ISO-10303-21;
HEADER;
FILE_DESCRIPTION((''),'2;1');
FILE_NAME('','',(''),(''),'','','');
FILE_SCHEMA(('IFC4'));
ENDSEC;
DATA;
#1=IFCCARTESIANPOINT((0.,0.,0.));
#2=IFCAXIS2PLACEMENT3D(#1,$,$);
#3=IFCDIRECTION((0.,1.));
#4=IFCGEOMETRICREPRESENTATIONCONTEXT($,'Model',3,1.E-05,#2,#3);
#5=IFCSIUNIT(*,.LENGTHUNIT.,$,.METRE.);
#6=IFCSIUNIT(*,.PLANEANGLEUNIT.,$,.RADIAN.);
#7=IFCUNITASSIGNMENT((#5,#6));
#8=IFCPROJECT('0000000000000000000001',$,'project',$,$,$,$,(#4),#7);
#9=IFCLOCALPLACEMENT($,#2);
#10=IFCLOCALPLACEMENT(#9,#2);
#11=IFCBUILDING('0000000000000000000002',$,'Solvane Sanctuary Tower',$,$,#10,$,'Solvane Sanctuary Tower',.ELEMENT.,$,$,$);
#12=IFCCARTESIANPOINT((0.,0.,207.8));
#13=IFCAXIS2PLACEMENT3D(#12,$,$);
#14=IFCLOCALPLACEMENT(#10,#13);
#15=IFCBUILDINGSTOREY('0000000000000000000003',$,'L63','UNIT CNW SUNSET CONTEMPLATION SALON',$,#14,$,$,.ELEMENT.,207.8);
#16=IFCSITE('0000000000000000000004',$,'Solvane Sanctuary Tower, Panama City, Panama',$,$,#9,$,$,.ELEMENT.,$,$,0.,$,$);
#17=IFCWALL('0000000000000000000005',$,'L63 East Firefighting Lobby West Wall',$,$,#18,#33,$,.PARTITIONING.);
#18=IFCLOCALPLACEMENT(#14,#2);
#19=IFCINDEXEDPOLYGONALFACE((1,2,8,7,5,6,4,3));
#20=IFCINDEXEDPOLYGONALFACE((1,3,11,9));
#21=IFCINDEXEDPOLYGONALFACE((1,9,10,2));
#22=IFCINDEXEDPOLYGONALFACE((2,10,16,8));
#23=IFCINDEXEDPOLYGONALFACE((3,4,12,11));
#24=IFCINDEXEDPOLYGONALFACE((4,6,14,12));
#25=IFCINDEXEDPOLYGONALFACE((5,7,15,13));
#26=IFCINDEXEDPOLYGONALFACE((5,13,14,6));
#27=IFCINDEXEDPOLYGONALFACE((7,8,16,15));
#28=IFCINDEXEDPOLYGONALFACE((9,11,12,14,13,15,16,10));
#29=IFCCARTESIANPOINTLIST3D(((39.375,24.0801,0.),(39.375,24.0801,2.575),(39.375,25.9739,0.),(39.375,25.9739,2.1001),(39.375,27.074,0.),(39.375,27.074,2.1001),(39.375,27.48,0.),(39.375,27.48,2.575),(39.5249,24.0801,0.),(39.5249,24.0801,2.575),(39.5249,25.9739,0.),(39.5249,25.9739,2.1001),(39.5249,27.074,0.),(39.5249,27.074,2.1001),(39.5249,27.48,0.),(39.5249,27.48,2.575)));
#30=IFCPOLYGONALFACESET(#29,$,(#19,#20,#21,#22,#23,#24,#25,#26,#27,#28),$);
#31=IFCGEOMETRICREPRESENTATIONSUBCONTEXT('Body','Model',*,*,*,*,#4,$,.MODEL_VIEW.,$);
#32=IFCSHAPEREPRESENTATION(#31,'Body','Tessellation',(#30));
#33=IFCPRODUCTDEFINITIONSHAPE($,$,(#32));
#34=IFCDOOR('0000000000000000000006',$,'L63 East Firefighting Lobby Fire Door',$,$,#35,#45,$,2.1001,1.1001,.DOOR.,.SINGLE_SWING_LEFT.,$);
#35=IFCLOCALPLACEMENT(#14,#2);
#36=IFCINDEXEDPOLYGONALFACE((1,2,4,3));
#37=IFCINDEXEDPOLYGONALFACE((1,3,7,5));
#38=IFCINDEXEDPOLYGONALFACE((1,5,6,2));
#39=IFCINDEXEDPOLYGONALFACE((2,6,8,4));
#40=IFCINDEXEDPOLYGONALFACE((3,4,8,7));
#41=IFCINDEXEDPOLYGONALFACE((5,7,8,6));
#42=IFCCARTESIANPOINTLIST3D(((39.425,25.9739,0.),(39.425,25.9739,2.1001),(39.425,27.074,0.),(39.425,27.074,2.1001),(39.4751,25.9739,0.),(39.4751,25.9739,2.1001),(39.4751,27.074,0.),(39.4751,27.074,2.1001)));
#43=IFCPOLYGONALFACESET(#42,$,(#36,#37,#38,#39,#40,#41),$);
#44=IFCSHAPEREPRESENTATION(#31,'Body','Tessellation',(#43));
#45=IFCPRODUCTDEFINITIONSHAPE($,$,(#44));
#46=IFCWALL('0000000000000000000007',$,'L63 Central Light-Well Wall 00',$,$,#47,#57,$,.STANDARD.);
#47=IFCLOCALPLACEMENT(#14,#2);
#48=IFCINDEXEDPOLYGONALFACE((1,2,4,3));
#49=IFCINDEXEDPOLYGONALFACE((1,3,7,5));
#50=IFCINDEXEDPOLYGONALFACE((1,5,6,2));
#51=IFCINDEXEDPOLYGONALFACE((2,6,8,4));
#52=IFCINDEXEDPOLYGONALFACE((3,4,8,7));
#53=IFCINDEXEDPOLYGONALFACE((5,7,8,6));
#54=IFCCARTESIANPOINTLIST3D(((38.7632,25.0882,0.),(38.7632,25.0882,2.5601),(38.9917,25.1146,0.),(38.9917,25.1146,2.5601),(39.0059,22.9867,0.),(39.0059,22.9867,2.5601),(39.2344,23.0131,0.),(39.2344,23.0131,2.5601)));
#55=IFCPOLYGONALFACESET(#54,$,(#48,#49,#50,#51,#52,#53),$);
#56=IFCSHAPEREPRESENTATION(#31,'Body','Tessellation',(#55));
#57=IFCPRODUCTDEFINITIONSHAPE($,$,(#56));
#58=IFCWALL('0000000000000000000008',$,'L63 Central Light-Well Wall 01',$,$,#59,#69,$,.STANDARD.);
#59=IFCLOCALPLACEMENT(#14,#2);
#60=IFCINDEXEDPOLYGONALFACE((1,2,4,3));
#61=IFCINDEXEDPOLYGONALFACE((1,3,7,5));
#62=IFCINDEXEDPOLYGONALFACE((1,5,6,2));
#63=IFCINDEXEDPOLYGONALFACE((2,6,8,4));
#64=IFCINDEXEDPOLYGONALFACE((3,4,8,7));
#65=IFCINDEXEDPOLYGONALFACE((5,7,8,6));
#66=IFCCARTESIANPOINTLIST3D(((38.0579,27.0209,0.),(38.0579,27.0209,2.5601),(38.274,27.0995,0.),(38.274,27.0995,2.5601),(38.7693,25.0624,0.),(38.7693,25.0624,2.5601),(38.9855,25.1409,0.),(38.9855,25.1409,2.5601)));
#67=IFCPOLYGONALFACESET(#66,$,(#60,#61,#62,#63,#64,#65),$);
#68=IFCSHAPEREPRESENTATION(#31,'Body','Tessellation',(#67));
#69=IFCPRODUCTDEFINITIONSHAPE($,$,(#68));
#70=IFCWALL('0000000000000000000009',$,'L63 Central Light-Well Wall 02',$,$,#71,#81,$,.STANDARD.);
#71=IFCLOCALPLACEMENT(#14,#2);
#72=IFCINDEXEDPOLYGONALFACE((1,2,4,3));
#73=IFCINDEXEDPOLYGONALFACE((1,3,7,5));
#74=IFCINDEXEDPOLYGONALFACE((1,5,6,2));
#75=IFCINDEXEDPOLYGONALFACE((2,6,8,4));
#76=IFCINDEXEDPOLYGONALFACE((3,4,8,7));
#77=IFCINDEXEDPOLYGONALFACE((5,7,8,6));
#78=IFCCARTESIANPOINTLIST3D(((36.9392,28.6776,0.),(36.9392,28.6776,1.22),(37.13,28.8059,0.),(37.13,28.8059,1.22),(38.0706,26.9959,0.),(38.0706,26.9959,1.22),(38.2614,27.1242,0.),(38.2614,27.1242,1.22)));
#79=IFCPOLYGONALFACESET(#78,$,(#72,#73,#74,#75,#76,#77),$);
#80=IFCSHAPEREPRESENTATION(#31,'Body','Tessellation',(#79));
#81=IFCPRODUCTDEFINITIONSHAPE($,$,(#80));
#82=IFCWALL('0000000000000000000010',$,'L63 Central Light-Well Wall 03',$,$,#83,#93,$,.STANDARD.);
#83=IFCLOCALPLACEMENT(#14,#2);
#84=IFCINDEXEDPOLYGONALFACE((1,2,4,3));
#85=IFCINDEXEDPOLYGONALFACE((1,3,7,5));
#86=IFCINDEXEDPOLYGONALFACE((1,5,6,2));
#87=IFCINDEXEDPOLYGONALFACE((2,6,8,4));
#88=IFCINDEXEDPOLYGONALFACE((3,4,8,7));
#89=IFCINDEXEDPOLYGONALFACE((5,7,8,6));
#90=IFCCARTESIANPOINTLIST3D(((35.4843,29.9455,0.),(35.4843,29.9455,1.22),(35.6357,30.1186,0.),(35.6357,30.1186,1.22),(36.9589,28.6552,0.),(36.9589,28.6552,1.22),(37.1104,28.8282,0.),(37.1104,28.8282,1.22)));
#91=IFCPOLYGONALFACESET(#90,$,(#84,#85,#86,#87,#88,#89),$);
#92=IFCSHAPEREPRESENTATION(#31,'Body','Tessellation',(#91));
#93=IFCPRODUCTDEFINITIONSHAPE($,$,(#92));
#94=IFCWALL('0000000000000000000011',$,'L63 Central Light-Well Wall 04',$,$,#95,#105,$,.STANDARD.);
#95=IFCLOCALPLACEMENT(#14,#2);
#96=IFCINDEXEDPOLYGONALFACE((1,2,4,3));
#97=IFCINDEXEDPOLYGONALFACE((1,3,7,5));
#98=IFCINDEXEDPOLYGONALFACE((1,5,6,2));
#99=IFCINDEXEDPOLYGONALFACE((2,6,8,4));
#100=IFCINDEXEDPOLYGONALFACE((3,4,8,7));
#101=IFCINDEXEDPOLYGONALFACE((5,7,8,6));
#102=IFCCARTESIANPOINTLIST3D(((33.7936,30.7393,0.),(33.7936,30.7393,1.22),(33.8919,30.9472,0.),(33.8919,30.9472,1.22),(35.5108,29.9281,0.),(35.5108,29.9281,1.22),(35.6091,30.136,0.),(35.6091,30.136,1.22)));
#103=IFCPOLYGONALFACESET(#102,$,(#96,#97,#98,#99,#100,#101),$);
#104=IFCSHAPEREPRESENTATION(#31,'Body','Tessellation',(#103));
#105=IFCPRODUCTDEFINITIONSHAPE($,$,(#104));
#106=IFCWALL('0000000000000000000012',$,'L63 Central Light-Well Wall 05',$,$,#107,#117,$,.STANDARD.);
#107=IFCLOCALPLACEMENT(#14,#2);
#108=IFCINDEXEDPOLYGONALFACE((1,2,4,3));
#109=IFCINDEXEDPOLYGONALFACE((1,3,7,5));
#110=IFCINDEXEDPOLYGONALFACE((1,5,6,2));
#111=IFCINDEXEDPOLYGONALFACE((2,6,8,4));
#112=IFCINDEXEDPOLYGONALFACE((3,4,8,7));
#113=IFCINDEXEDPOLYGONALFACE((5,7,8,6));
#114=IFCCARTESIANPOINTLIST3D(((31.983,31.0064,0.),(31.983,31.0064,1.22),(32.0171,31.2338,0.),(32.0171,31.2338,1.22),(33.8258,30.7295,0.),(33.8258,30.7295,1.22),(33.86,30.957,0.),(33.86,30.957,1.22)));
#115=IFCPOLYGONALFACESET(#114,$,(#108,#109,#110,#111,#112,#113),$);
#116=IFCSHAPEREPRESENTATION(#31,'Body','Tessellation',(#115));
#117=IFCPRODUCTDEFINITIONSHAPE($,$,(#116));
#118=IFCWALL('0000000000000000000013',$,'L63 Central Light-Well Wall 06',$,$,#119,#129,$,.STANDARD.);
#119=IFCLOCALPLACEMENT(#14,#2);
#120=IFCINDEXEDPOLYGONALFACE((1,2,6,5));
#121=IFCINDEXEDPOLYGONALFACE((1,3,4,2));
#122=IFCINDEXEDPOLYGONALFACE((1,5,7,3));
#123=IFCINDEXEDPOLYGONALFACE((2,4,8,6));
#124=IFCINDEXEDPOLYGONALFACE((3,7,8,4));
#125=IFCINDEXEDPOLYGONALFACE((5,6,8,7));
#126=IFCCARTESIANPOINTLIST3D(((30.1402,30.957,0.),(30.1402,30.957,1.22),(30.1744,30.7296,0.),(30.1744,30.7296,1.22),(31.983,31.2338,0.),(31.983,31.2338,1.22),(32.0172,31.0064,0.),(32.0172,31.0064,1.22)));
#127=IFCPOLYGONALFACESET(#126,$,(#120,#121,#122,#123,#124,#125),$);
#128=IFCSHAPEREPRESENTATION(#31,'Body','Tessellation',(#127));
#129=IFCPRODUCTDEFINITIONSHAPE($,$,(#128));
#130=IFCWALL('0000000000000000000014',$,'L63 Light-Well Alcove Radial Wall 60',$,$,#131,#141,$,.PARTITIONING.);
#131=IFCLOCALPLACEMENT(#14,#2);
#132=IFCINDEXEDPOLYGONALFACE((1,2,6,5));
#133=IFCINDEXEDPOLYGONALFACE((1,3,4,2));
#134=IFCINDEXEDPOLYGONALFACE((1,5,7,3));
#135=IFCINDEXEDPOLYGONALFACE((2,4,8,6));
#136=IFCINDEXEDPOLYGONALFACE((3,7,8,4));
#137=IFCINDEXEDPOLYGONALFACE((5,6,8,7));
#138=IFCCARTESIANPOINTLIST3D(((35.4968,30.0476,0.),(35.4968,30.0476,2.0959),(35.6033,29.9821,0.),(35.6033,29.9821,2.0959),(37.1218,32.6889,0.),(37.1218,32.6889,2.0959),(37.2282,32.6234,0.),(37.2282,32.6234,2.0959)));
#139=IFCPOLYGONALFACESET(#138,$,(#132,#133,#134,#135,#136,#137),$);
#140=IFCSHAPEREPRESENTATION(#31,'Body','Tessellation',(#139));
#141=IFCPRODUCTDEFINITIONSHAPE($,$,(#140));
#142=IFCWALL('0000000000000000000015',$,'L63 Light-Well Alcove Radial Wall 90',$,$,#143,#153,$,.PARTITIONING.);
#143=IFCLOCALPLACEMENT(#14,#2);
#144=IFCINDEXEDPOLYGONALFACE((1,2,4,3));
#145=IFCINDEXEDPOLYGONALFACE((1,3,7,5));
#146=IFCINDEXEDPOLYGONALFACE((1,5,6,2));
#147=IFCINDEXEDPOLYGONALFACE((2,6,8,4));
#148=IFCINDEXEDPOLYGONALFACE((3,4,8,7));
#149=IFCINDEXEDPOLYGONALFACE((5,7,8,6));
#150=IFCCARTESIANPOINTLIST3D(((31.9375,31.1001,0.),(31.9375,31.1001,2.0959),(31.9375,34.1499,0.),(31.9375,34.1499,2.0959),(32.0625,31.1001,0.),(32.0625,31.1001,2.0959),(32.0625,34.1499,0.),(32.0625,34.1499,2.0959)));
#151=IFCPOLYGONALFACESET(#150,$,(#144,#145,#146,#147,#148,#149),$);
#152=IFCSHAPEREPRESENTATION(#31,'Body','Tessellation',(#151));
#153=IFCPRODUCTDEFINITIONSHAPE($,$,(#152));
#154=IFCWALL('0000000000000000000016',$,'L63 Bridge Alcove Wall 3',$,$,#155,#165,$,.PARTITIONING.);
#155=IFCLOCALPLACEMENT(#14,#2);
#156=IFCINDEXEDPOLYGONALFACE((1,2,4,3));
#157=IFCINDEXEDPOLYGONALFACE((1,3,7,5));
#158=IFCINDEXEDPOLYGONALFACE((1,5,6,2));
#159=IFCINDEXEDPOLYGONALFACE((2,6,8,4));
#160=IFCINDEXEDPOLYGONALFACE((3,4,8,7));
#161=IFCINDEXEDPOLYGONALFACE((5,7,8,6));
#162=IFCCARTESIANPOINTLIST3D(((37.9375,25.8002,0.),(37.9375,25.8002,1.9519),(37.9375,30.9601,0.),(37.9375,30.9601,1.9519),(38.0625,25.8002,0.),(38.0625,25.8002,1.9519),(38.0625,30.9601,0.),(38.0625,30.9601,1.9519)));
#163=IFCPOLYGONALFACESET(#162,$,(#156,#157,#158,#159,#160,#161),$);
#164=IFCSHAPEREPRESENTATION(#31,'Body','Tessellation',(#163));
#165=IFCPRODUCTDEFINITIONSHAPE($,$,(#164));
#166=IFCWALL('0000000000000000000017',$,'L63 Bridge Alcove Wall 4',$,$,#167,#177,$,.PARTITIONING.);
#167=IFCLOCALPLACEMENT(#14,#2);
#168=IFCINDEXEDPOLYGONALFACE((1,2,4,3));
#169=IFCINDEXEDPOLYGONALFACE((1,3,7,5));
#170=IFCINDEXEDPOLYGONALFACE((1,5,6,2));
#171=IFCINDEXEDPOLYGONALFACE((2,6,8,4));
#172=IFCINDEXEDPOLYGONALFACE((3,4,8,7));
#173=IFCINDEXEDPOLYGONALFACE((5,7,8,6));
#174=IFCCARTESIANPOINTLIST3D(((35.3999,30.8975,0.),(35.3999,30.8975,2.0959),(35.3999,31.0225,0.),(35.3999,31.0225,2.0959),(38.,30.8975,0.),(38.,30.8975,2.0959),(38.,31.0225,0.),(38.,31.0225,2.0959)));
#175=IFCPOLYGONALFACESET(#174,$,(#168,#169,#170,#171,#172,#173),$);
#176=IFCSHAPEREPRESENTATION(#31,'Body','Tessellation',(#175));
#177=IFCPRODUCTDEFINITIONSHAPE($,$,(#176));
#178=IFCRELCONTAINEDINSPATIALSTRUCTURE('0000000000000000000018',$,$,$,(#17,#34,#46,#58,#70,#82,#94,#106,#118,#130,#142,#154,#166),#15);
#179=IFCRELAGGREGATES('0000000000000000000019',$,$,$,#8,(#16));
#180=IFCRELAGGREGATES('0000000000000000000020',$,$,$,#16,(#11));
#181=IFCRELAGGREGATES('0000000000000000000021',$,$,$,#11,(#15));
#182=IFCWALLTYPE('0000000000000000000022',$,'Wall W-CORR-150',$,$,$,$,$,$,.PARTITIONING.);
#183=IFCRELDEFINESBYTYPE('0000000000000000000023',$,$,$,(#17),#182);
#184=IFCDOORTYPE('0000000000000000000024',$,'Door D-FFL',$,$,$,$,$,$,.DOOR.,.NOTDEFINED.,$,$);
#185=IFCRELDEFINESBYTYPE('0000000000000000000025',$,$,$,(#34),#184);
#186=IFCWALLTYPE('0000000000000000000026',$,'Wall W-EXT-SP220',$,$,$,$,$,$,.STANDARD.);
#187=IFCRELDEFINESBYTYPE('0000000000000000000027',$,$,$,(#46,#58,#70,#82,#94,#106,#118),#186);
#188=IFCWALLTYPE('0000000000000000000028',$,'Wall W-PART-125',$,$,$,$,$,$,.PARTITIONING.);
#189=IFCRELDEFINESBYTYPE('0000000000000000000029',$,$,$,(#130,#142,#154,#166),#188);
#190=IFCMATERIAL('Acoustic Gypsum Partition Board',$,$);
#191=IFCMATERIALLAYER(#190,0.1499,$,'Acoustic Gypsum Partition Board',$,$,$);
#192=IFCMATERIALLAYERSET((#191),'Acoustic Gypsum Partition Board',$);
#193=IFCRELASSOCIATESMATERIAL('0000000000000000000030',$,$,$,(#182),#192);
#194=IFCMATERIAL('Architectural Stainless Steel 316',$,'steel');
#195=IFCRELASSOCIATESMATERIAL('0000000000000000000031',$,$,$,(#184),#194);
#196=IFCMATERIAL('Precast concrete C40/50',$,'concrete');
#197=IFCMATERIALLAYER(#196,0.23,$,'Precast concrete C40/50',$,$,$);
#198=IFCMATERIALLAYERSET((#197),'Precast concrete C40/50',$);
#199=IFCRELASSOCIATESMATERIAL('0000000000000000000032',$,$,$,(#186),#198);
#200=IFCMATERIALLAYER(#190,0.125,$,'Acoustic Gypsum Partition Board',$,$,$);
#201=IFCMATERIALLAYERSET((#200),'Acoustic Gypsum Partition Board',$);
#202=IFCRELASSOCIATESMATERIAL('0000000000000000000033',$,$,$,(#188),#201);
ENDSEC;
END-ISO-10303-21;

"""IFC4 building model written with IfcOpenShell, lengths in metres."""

from ifc_helpers import new_model, si_unit, direction, frame, frame_2d, origin, place, context, subcontext, project, spatial, rectangle, extrude, material, layer, layer_set, type_object, element, fill, save


model = new_model("IFC4")

# Units and contexts
model_context = context("Model", 3, precision=1e-05, world=origin(), true_north=direction((0.0, 1.0)))
body_context = subcontext(model_context, "Body", "Model", "MODEL_VIEW")
ifc_project = project(units=[si_unit("LENGTHUNIT", "METRE"), si_unit("PLANEANGLEUNIT", "RADIAN")], contexts=[model_context])

# Site, building, storey
site_placement = place(None, origin())
site = spatial("IfcSite", under=ifc_project, at=site_placement, Name="Solvane Sanctuary Tower, Panama City, Panama", CompositionType="ELEMENT", RefElevation=0.0)
building_placement = place(site_placement, origin())
building = spatial("IfcBuilding", under=site, at=building_placement, Name="Solvane Sanctuary Tower", LongName="Solvane Sanctuary Tower", CompositionType="ELEMENT")
storey_placement = place(building_placement, frame((0.0, 0.0, 207.8)))
storey = spatial("IfcBuildingStorey", under=building, at=storey_placement, Name="L63", Description="UNIT CNW SUNSET CONTEMPLATION SALON", CompositionType="ELEMENT", Elevation=207.8)

# Shared definitions
ifc_material_1 = material(Name="Acoustic Gypsum Partition Board")
ifc_layer_1 = layer(ifc_material_1, 0.1499, Name="Acoustic Gypsum Partition Board")
ifc_layer_set_1 = layer_set([ifc_layer_1], Name="Acoustic Gypsum Partition Board")
wall_type_1 = type_object("IfcWallType", Name="Wall W-CORR-150", PredefinedType="PARTITIONING", material=ifc_layer_set_1)

# Wall, opening, door
wall_1_placement = place(storey_placement, frame((39.45, 24.0801, 0.0), z_axis=(0.0, 0.0, 1.0), x_axis=(0.0, 1.0, 0.0)))
wall_1 = element("IfcWall", 1, at=wall_1_placement, inside=storey, type_object=wall_type_1, Name="L63 East Firefighting Lobby West Wall", PredefinedType="PARTITIONING", context=body_context, shape_type="SweptSolid", body=[
    extrude(rectangle(XDim=3.3999, YDim=0.1499, at=frame_2d((1.7, 0.0))), origin(), (0.0, 0.0, 1.0), 2.575),
])
opening_placement = place(wall_1_placement, frame((1.8938, 0.0, 0.0)))
opening = element("IfcOpeningElement", 2, at=opening_placement, cuts=wall_1, PredefinedType="OPENING", context=body_context, shape_type="SweptSolid", body=[
    extrude(rectangle(XDim=1.1001, YDim=2.1001, at=frame_2d((0.55, 1.05))), frame((0.0, 0.085, 0.0), z_axis=(0.0, -1.0, 0.0), x_axis=(1.0, 0.0, 0.0)), (0.0, 0.0, 1.0), 0.1699),
])
ifc_material_2 = material(Name="Architectural Stainless Steel 316", Category="steel")
door_type = type_object("IfcDoorType", Name="Door D-FFL", OperationType="NOTDEFINED", PredefinedType="DOOR", material=ifc_material_2)
door_placement = place(opening_placement, origin())
door = element("IfcDoor", 3, at=door_placement, inside=storey, type_object=door_type, Name="L63 East Firefighting Lobby Fire Door", OperationType="SINGLE_SWING_LEFT", OverallHeight=2.1001, OverallWidth=1.1001, PredefinedType="DOOR", context=body_context, shape_type="SweptSolid", body=[
    extrude(rectangle(XDim=1.1001, YDim=2.1001, at=frame_2d((0.55, 1.05))), frame((0.0, 0.0249, 0.0), z_axis=(0.0, -1.0, 0.0), x_axis=(1.0, 0.0, 0.0)), (0.0, 0.0, 1.0), 0.05),
])
fill(opening, door)

# Walls
ifc_material_3 = material(Name="Precast concrete C40/50", Category="concrete")
ifc_layer_2 = layer(ifc_material_3, 0.23, Name="Precast concrete C40/50")
ifc_layer_set_2 = layer_set([ifc_layer_2], Name="Precast concrete C40/50")
wall_type_2 = type_object("IfcWallType", Name="Wall W-EXT-SP220", PredefinedType="STANDARD", material=ifc_layer_set_2)
wall_2_placement = place(storey_placement, frame((39.1201, 23.0, 0.0), z_axis=(0.0, 0.0, 1.0), x_axis=(-0.114712, 0.993399, 0.0)))
element("IfcWall", 4, at=wall_2_placement, inside=storey, type_object=wall_type_2, Name="L63 Central Light-Well Wall 00", PredefinedType="STANDARD", context=body_context, shape_type="SweptSolid", body=[
    extrude(rectangle(XDim=2.1155, YDim=0.23, at=frame_2d((1.0576, 0.0))), origin(), (0.0, 0.0, 1.0), 2.5601),
])
wall_3_placement = place(storey_placement, frame((38.8774, 25.1016, 0.0), z_axis=(0.0, 0.0, 1.0), x_axis=(-0.341423, 0.93991, 0.0)))
element("IfcWall", 5, at=wall_3_placement, inside=storey, type_object=wall_type_2, Name="L63 Central Light-Well Wall 01", PredefinedType="STANDARD", context=body_context, shape_type="SweptSolid", body=[
    extrude(rectangle(XDim=2.0837, YDim=0.23, at=frame_2d((1.042, 0.0))), origin(), (0.0, 0.0, 1.0), 2.5601),
])
wall_4_placement = place(storey_placement, frame((38.166, 27.0601, 0.0), z_axis=(0.0, 0.0, 1.0), x_axis=(-0.558198, 0.829708, 0.0)))
element("IfcWall", 6, at=wall_4_placement, inside=storey, type_object=wall_type_2, Name="L63 Central Light-Well Wall 02", PredefinedType="STANDARD", context=body_context, shape_type="SweptSolid", body=[
    extrude(rectangle(XDim=2.0269, YDim=0.23, at=frame_2d((1.0134, 0.0))), origin(), (0.0, 0.0, 1.0), 1.22),
])
wall_5_placement = place(storey_placement, frame((37.0347, 28.7417, 0.0), z_axis=(0.0, 0.0, 1.0), x_axis=(-0.752577, 0.658505, 0.0)))
element("IfcWall", 7, at=wall_5_placement, inside=storey, type_object=wall_type_2, Name="L63 Central Light-Well Wall 03", PredefinedType="STANDARD", context=body_context, shape_type="SweptSolid", body=[
    extrude(rectangle(XDim=1.9595, YDim=0.23, at=frame_2d((0.9797, 0.0))), origin(), (0.0, 0.0, 1.0), 1.22),
])
wall_6_placement = place(storey_placement, frame((35.5601, 30.032, 0.0), z_axis=(0.0, 0.0, 1.0), x_axis=(-0.90418, 0.427152, 0.0)))
element("IfcWall", 8, at=wall_6_placement, inside=storey, type_object=wall_type_2, Name="L63 Central Light-Well Wall 04", PredefinedType="STANDARD", context=body_context, shape_type="SweptSolid", body=[
    extrude(rectangle(XDim=1.8992, YDim=0.23, at=frame_2d((0.9497, 0.0))), origin(), (0.0, 0.0, 1.0), 1.22),
])
for number, where, z_axis, x_axis, name in (
    (9, (33.8428, 30.8433, 0.0), (0.0, 0.0, 1.0), (-0.988902, 0.148571, 0.0), "L63 Central Light-Well Wall 05"),
    (10, (32.0, 31.1201, 0.0), (0.0, 0.0, 1.0), (-0.988902, -0.148571, 0.0), "L63 Central Light-Well Wall 06"),
):
    element("IfcWall", number, at=place(storey_placement, frame(where, z_axis=z_axis, x_axis=x_axis)), inside=storey, type_object=wall_type_2, Name=name, PredefinedType="STANDARD", context=body_context, shape_type="SweptSolid", body=[
        extrude(rectangle(XDim=1.8635, YDim=0.23, at=frame_2d((0.9316, 0.0))), origin(), (0.0, 0.0, 1.0), 1.22),
    ])
ifc_layer_3 = layer(ifc_material_1, 0.125, Name="Acoustic Gypsum Partition Board")
ifc_layer_set_3 = layer_set([ifc_layer_3], Name="Acoustic Gypsum Partition Board")
wall_type_3 = type_object("IfcWallType", Name="Wall W-PART-125", PredefinedType="PARTITIONING", material=ifc_layer_set_3)
wall_7_placement = place(storey_placement, frame((35.55, 30.0149, 0.0), z_axis=(0.0, 0.0, 1.0), x_axis=(0.523992, 0.851723, 0.0)))
element("IfcWall", 11, at=wall_7_placement, inside=storey, type_object=wall_type_3, Name="L63 Light-Well Alcove Radial Wall 60", PredefinedType="PARTITIONING", context=body_context, shape_type="SweptSolid", body=[
    extrude(rectangle(XDim=3.1011, YDim=0.125, at=frame_2d((1.5505, 0.0))), origin(), (0.0, 0.0, 1.0), 2.0959),
])
wall_8_placement = place(storey_placement, frame((32.0, 31.1001, 0.0), z_axis=(0.0, 0.0, 1.0), x_axis=(0.0, 1.0, 0.0)))
element("IfcWall", 12, at=wall_8_placement, inside=storey, type_object=wall_type_3, Name="L63 Light-Well Alcove Radial Wall 90", PredefinedType="PARTITIONING", context=body_context, shape_type="SweptSolid", body=[
    extrude(rectangle(XDim=3.0498, YDim=0.125, at=frame_2d((1.5249, 0.0))), origin(), (0.0, 0.0, 1.0), 2.0959),
])
wall_9_placement = place(storey_placement, frame((38.0, 25.8, 0.0), z_axis=(0.0, 0.0, 1.0), x_axis=(0.0, 1.0, 0.0)))
element("IfcWall", 13, at=wall_9_placement, inside=storey, type_object=wall_type_3, Name="L63 Bridge Alcove Wall 3", PredefinedType="PARTITIONING", context=body_context, shape_type="SweptSolid", body=[
    extrude(rectangle(XDim=5.1599, YDim=0.125, at=frame_2d((2.5801, 0.0))), origin(), (0.0, 0.0, 1.0), 1.9519),
])
wall_10_placement = place(storey_placement, frame((35.3999, 30.96, 0.0), z_axis=(0.0, 0.0, 1.0), x_axis=(1.0, 0.0, 0.0)))
element("IfcWall", 14, at=wall_10_placement, inside=storey, type_object=wall_type_3, Name="L63 Bridge Alcove Wall 4", PredefinedType="PARTITIONING", context=body_context, shape_type="SweptSolid", body=[
    extrude(rectangle(XDim=2.6001, YDim=0.125, at=frame_2d((1.3, 0.0))), origin(), (0.0, 0.0, 1.0), 2.0959),
])

save(model, "model.ifc")
